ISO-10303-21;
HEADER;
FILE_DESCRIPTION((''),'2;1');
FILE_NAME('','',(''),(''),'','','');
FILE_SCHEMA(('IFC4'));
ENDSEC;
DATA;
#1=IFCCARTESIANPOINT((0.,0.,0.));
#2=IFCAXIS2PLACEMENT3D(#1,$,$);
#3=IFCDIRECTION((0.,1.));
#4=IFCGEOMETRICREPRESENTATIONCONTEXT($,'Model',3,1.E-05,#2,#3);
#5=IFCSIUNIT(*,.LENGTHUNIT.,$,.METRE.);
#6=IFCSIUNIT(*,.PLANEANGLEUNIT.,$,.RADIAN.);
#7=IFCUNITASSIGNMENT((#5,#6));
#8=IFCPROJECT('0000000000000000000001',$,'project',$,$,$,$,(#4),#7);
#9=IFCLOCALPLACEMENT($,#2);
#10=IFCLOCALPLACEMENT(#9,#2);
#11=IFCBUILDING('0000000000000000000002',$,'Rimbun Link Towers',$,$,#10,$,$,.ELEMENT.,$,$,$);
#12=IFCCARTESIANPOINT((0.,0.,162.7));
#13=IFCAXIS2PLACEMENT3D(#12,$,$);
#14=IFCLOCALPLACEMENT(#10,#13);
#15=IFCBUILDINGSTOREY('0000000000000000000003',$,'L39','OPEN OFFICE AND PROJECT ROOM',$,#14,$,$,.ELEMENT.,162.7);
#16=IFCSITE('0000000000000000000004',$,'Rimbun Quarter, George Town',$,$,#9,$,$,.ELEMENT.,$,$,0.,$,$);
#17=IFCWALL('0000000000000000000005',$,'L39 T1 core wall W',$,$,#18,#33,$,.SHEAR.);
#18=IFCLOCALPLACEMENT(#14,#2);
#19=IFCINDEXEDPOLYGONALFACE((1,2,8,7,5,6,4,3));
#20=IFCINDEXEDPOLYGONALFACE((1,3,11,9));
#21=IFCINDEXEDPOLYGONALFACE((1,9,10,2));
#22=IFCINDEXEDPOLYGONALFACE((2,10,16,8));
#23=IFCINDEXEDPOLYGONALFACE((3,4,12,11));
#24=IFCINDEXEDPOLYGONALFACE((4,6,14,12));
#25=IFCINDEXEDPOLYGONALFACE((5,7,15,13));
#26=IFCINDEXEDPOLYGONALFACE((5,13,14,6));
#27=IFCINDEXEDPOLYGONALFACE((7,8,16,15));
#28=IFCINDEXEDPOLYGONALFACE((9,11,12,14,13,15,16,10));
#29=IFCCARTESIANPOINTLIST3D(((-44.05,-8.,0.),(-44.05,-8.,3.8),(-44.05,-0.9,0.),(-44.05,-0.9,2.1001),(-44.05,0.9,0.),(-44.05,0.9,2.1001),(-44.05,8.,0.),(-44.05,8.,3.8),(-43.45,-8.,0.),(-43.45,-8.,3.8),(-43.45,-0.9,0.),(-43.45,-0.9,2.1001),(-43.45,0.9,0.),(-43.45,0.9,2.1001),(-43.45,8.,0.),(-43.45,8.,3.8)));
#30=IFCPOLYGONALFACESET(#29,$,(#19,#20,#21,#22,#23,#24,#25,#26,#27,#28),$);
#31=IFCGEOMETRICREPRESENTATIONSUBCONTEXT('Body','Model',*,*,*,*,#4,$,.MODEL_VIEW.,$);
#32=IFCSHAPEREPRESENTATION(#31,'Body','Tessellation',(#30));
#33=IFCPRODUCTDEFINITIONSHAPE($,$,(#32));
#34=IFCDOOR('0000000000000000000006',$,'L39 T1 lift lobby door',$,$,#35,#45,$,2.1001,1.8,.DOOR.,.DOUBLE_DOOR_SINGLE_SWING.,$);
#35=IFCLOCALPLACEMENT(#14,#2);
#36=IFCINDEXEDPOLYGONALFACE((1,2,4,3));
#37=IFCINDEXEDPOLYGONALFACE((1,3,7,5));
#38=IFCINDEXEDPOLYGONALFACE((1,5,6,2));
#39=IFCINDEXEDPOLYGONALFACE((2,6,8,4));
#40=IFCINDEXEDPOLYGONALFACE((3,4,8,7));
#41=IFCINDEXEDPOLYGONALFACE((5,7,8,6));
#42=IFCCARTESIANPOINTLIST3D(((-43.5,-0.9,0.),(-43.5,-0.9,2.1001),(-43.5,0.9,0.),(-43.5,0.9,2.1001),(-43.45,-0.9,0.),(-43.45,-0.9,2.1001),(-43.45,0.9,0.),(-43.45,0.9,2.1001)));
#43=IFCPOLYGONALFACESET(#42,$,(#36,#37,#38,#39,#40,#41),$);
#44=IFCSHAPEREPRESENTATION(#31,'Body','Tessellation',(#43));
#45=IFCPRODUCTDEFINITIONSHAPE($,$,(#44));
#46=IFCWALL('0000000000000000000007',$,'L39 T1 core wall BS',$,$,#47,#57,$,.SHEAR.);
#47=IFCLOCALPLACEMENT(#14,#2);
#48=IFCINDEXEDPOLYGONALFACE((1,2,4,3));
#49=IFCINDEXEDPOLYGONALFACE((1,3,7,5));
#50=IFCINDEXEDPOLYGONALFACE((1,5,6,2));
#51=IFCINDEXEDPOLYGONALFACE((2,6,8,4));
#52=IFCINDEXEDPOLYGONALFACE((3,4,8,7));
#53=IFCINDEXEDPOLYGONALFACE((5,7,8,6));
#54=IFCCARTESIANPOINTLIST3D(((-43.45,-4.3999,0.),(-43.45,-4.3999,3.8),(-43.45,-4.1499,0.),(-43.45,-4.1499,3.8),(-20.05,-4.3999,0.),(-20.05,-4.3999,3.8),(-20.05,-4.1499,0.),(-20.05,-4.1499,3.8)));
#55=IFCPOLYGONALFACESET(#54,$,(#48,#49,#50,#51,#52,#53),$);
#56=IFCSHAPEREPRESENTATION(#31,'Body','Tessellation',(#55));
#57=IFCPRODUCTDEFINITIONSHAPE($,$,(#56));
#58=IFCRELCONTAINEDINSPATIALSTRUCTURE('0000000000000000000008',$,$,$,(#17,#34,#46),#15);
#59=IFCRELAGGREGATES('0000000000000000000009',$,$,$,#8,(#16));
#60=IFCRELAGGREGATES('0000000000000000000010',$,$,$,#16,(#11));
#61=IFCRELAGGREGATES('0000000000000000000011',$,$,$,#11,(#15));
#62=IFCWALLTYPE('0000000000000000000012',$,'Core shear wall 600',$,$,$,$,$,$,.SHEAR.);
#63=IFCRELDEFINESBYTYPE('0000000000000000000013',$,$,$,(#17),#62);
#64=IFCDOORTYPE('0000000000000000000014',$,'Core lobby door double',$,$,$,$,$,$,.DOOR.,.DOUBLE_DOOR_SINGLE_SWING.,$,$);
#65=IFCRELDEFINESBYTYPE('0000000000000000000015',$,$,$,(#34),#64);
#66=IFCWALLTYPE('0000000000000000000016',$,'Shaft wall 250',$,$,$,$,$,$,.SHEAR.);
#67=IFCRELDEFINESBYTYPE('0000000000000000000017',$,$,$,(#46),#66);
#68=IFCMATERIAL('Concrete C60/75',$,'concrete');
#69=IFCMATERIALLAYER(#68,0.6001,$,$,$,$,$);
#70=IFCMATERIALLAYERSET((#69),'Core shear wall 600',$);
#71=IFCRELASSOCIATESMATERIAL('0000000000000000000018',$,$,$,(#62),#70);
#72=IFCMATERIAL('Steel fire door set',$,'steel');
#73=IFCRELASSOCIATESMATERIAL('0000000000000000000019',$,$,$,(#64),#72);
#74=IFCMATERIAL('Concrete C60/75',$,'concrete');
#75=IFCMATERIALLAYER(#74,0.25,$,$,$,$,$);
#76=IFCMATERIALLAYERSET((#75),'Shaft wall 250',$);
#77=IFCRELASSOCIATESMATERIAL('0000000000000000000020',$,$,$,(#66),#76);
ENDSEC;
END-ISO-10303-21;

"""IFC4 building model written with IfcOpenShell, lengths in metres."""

from ifc_helpers import new_model, si_unit, direction, frame, frame_2d, origin, place, context, subcontext, project, spatial, rectangle, extrude, material, layer, layer_set, type_object, element, fill, save


model = new_model("IFC4")

# Units and contexts
model_context = context("Model", 3, precision=1e-05, world=origin(), true_north=direction((0.0, 1.0)))
body_context = subcontext(model_context, "Body", "Model", "MODEL_VIEW")
ifc_project = project(units=[si_unit("LENGTHUNIT", "METRE"), si_unit("PLANEANGLEUNIT", "RADIAN")], contexts=[model_context])

# Site, building, storey
site_placement = place(None, origin())
site = spatial("IfcSite", under=ifc_project, at=site_placement, Name="Rimbun Quarter, George Town", CompositionType="ELEMENT", RefElevation=0.0)
building_placement = place(site_placement, origin())
building = spatial("IfcBuilding", under=site, at=building_placement, Name="Rimbun Link Towers", CompositionType="ELEMENT")
storey_placement = place(building_placement, frame((0.0, 0.0, 162.7)))
storey = spatial("IfcBuildingStorey", under=building, at=storey_placement, Name="L39", Description="OPEN OFFICE AND PROJECT ROOM", CompositionType="ELEMENT", Elevation=162.7)

# Shared definitions
ifc_material_1 = material(Name="Concrete C60/75", Category="concrete")
ifc_layer_1 = layer(ifc_material_1, 0.6001)
ifc_layer_set_1 = layer_set([ifc_layer_1], Name="Core shear wall 600")
wall_type_1 = type_object("IfcWallType", Name="Core shear wall 600", PredefinedType="SHEAR", material=ifc_layer_set_1)

# Wall, opening, door
wall_1_placement = place(storey_placement, frame((-43.75, -8.0, 0.0), z_axis=(0.0, 0.0, 1.0), x_axis=(0.0, 1.0, 0.0)))
wall_1 = element("IfcWall", 1, at=wall_1_placement, inside=storey, type_object=wall_type_1, Name="L39 T1 core wall W", PredefinedType="SHEAR", context=body_context, shape_type="SweptSolid", body=[
    extrude(rectangle(XDim=16.0, YDim=0.6001, at=frame_2d((8.0, 0.0))), origin(), (0.0, 0.0, 1.0), 3.8),
])
opening_1_placement = place(wall_1_placement, frame((7.1001, 0.0, 0.0)))
opening_1 = element("IfcOpeningElement", 2, at=opening_1_placement, cuts=wall_1, PredefinedType="OPENING", context=body_context, shape_type="SweptSolid", body=[
    extrude(rectangle(XDim=1.8, YDim=2.1001, at=frame_2d((0.8999, 1.05))), frame((0.0, 0.3101, 0.0), z_axis=(0.0, -1.0, 0.0), x_axis=(1.0, 0.0, 0.0)), (0.0, 0.0, 1.0), 0.6201),
])
ifc_material_2 = material(Name="Steel fire door set", Category="steel")
door_type_1 = type_object("IfcDoorType", Name="Core lobby door double", OperationType="DOUBLE_DOOR_SINGLE_SWING", PredefinedType="DOOR", material=ifc_material_2)
door_1_placement = place(opening_1_placement, origin())
door_1 = element("IfcDoor", 3, at=door_1_placement, inside=storey, type_object=door_type_1, Name="L39 T1 lift lobby door", OperationType="DOUBLE_DOOR_SINGLE_SWING", OverallHeight=2.1001, OverallWidth=1.8, PredefinedType="DOOR", context=body_context, shape_type="SweptSolid", body=[
    extrude(rectangle(XDim=1.8, YDim=2.1001, at=frame_2d((0.8999, 1.05))), frame((0.0, -0.25, 0.0), z_axis=(0.0, -1.0, 0.0), x_axis=(1.0, 0.0, 0.0)), (0.0, 0.0, 1.0), 0.05),
])
fill(opening_1, door_1)

# Wall
ifc_material_3 = material(Name="Concrete C60/75", Category="concrete")
ifc_layer_2 = layer(ifc_material_3, 0.25)
ifc_layer_set_2 = layer_set([ifc_layer_2], Name="Shaft wall 250")
wall_type_2 = type_object("IfcWallType", Name="Shaft wall 250", PredefinedType="SHEAR", material=ifc_layer_set_2)
wall_2_placement = place(storey_placement, frame((-43.45, -4.2749, 0.0), z_axis=(0.0, 0.0, 1.0), x_axis=(1.0, 0.0, 0.0)))
element("IfcWall", 4, at=wall_2_placement, inside=storey, type_object=wall_type_2, Name="L39 T1 core wall BS", PredefinedType="SHEAR", context=body_context, shape_type="SweptSolid", body=[
    extrude(rectangle(XDim=23.3999, YDim=0.25, at=frame_2d((11.7, 0.0))), origin(), (0.0, 0.0, 1.0), 3.8),
])

save(model, "model.ifc")
